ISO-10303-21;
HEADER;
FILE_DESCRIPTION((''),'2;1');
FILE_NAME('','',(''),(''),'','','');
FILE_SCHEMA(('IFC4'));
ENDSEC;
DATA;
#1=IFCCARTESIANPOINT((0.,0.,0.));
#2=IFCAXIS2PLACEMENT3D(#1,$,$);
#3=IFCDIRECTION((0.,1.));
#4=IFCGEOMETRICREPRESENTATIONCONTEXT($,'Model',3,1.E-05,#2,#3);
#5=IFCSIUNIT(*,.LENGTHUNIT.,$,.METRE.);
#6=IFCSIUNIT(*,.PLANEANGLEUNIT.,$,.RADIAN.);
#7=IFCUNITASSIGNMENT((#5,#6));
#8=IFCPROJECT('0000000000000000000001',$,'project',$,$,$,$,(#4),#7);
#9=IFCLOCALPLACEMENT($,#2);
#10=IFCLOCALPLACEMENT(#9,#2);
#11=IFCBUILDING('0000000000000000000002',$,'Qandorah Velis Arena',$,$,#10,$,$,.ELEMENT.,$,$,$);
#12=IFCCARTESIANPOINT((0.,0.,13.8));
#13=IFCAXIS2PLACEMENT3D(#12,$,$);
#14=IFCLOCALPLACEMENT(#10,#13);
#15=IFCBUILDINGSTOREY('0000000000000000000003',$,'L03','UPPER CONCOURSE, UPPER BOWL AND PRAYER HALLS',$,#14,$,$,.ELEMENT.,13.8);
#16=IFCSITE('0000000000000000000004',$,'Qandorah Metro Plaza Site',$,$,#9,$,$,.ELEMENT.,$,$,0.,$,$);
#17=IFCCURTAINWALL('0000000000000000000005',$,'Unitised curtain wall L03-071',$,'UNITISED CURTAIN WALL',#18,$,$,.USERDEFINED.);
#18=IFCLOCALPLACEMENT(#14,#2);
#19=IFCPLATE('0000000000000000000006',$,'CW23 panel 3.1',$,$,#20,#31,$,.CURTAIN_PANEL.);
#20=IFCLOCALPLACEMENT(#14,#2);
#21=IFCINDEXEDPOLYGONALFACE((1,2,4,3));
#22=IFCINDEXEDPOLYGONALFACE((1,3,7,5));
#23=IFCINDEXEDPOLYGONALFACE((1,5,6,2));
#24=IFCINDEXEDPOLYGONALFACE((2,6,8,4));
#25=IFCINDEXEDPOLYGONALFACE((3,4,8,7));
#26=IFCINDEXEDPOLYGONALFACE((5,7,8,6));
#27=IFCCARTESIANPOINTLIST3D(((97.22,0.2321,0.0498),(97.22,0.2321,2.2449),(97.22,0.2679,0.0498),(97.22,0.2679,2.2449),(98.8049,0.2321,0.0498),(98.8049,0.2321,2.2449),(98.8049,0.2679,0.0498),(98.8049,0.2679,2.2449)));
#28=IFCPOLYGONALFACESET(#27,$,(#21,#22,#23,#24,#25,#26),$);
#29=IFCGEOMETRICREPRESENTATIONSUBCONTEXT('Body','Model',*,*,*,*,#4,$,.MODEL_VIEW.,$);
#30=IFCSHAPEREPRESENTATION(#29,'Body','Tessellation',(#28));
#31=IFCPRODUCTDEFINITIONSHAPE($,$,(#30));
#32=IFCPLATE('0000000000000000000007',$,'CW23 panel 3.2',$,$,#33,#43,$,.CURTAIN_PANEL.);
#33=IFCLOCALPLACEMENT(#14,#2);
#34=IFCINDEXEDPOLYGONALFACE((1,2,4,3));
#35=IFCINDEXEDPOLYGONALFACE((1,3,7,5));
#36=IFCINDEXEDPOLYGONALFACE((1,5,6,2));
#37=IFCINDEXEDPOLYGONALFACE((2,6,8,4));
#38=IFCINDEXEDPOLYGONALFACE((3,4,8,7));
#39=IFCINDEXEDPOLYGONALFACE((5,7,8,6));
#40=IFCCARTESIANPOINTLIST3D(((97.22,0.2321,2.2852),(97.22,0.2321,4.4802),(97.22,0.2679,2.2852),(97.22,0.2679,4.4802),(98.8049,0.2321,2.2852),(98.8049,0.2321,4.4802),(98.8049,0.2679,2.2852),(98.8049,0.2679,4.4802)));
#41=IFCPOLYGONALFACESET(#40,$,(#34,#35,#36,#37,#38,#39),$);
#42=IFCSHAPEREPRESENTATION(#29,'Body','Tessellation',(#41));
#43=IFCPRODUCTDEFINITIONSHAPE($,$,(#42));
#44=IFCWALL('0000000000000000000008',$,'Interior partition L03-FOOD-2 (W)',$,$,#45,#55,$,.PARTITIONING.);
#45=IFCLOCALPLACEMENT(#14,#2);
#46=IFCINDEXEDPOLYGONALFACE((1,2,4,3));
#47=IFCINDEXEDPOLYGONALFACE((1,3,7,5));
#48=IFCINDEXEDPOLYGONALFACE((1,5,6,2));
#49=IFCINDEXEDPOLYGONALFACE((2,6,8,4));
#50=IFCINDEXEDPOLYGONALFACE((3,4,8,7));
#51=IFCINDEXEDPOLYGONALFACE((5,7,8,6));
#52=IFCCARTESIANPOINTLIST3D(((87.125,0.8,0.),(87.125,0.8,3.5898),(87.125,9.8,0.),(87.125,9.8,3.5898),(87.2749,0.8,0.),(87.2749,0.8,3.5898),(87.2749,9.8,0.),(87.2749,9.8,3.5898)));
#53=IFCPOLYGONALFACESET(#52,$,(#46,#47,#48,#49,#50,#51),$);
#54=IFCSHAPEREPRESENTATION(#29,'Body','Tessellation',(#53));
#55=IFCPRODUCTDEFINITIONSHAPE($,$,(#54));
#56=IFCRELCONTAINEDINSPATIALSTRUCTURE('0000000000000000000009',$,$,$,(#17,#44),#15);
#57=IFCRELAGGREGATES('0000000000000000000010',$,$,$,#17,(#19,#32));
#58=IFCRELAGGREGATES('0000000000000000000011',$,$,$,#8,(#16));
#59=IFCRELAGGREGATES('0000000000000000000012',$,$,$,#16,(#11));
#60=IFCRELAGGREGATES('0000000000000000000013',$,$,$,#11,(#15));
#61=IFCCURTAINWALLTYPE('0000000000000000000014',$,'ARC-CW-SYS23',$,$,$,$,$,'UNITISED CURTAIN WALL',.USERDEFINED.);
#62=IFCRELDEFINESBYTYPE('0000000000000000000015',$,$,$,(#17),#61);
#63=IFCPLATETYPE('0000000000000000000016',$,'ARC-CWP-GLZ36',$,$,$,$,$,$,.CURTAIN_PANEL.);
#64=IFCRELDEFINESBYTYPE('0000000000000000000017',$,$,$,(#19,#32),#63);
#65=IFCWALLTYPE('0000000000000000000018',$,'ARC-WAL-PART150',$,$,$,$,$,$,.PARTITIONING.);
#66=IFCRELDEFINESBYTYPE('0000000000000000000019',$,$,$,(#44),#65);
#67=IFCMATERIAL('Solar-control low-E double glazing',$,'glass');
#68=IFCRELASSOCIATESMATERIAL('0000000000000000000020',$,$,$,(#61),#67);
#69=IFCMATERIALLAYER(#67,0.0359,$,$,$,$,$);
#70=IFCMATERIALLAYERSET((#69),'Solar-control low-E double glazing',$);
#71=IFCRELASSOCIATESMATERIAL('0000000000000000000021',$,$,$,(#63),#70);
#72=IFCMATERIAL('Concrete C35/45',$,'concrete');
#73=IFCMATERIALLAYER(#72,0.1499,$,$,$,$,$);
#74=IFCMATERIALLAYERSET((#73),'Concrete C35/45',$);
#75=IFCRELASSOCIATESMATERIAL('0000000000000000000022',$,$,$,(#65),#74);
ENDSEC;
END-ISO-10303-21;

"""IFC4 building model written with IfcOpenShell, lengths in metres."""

from ifc_helpers import new_model, si_unit, direction, frame, frame_2d, origin, origin_2d, place, context, subcontext, project, spatial, rectangle, extrude, material, layer, layer_set, type_object, element, aggregate, save


model = new_model("IFC4")

# Units and contexts
model_context = context("Model", 3, precision=1e-05, world=origin(), true_north=direction((0.0, 1.0)))
body_context = subcontext(model_context, "Body", "Model", "MODEL_VIEW")
ifc_project = project(units=[si_unit("LENGTHUNIT", "METRE"), si_unit("PLANEANGLEUNIT", "RADIAN")], contexts=[model_context])

# Site, building, storey
site_placement = place(None, origin())
site = spatial("IfcSite", under=ifc_project, at=site_placement, Name="Qandorah Metro Plaza Site", CompositionType="ELEMENT", RefElevation=0.0)
building_placement = place(site_placement, origin())
building = spatial("IfcBuilding", under=site, at=building_placement, Name="Qandorah Velis Arena", CompositionType="ELEMENT")
storey_placement = place(building_placement, frame((0.0, 0.0, 13.8)))
storey = spatial("IfcBuildingStorey", under=building, at=storey_placement, Name="L03", Description="UPPER CONCOURSE, UPPER BOWL AND PRAYER HALLS", CompositionType="ELEMENT", Elevation=13.8)

# Curtain wall
ifc_material_1 = material(Name="Solar-control low-E double glazing", Category="glass")
curtain_wall_type_1 = type_object("IfcCurtainWallType", Name="ARC-CW-SYS23", ElementType="UNITISED CURTAIN WALL", PredefinedType="USERDEFINED", material=ifc_material_1)
curtain_wall_1_placement = place(storey_placement, origin())
curtain_wall_1 = element("IfcCurtainWall", 1, at=curtain_wall_1_placement, inside=storey, type_object=curtain_wall_type_1, Name="Unitised curtain wall L03-071", ObjectType="UNITISED CURTAIN WALL", PredefinedType="USERDEFINED")

# Plates
ifc_layer_1 = layer(ifc_material_1, 0.0359)
ifc_layer_set_1 = layer_set([ifc_layer_1], Name="Solar-control low-E double glazing")
plate_type = type_object("IfcPlateType", Name="ARC-CWP-GLZ36", PredefinedType="CURTAIN_PANEL", material=ifc_layer_set_1)
plate_1_placement = place(storey_placement, frame((98.0125, 0.25, 0.0498), z_axis=(0.0, 0.0, 1.0), x_axis=(1.0, 0.0, 0.0)))
plate_1 = element("IfcPlate", 2, at=plate_1_placement, type_object=plate_type, Name="CW23 panel 3.1", PredefinedType="CURTAIN_PANEL", context=body_context, shape_type="SweptSolid", body=[
    extrude(rectangle(XDim=1.585, YDim=0.0359, at=origin_2d()), origin(), (0.0, 0.0, 1.0), 2.1951),
])
plate_2_placement = place(storey_placement, frame((98.0125, 0.25, 2.2852), z_axis=(0.0, 0.0, 1.0), x_axis=(1.0, 0.0, 0.0)))
plate_2 = element("IfcPlate", 3, at=plate_2_placement, type_object=plate_type, Name="CW23 panel 3.2", PredefinedType="CURTAIN_PANEL", context=body_context, shape_type="SweptSolid", body=[
    extrude(rectangle(XDim=1.585, YDim=0.0359, at=origin_2d()), origin(), (0.0, 0.0, 1.0), 2.1951),
])
aggregate(curtain_wall_1, [plate_1, plate_2])

# Wall
ifc_material_2 = material(Name="Concrete C35/45", Category="concrete")
ifc_layer_2 = layer(ifc_material_2, 0.1499)
ifc_layer_set_2 = layer_set([ifc_layer_2], Name="Concrete C35/45")
wall_type = type_object("IfcWallType", Name="ARC-WAL-PART150", PredefinedType="PARTITIONING", material=ifc_layer_set_2)
wall_placement = place(storey_placement, frame((87.2, 9.8, 0.0), z_axis=(0.0, 0.0, 1.0), x_axis=(0.0, -1.0, 0.0)))
element("IfcWall", 4, at=wall_placement, inside=storey, type_object=wall_type, Name="Interior partition L03-FOOD-2 (W)", PredefinedType="PARTITIONING", context=body_context, shape_type="SweptSolid", body=[
    extrude(rectangle(XDim=9.0, YDim=0.1499, at=frame_2d((4.5, 0.0))), origin(), (0.0, 0.0, 1.0), 3.5898),
])

save(model, "model.ifc")
